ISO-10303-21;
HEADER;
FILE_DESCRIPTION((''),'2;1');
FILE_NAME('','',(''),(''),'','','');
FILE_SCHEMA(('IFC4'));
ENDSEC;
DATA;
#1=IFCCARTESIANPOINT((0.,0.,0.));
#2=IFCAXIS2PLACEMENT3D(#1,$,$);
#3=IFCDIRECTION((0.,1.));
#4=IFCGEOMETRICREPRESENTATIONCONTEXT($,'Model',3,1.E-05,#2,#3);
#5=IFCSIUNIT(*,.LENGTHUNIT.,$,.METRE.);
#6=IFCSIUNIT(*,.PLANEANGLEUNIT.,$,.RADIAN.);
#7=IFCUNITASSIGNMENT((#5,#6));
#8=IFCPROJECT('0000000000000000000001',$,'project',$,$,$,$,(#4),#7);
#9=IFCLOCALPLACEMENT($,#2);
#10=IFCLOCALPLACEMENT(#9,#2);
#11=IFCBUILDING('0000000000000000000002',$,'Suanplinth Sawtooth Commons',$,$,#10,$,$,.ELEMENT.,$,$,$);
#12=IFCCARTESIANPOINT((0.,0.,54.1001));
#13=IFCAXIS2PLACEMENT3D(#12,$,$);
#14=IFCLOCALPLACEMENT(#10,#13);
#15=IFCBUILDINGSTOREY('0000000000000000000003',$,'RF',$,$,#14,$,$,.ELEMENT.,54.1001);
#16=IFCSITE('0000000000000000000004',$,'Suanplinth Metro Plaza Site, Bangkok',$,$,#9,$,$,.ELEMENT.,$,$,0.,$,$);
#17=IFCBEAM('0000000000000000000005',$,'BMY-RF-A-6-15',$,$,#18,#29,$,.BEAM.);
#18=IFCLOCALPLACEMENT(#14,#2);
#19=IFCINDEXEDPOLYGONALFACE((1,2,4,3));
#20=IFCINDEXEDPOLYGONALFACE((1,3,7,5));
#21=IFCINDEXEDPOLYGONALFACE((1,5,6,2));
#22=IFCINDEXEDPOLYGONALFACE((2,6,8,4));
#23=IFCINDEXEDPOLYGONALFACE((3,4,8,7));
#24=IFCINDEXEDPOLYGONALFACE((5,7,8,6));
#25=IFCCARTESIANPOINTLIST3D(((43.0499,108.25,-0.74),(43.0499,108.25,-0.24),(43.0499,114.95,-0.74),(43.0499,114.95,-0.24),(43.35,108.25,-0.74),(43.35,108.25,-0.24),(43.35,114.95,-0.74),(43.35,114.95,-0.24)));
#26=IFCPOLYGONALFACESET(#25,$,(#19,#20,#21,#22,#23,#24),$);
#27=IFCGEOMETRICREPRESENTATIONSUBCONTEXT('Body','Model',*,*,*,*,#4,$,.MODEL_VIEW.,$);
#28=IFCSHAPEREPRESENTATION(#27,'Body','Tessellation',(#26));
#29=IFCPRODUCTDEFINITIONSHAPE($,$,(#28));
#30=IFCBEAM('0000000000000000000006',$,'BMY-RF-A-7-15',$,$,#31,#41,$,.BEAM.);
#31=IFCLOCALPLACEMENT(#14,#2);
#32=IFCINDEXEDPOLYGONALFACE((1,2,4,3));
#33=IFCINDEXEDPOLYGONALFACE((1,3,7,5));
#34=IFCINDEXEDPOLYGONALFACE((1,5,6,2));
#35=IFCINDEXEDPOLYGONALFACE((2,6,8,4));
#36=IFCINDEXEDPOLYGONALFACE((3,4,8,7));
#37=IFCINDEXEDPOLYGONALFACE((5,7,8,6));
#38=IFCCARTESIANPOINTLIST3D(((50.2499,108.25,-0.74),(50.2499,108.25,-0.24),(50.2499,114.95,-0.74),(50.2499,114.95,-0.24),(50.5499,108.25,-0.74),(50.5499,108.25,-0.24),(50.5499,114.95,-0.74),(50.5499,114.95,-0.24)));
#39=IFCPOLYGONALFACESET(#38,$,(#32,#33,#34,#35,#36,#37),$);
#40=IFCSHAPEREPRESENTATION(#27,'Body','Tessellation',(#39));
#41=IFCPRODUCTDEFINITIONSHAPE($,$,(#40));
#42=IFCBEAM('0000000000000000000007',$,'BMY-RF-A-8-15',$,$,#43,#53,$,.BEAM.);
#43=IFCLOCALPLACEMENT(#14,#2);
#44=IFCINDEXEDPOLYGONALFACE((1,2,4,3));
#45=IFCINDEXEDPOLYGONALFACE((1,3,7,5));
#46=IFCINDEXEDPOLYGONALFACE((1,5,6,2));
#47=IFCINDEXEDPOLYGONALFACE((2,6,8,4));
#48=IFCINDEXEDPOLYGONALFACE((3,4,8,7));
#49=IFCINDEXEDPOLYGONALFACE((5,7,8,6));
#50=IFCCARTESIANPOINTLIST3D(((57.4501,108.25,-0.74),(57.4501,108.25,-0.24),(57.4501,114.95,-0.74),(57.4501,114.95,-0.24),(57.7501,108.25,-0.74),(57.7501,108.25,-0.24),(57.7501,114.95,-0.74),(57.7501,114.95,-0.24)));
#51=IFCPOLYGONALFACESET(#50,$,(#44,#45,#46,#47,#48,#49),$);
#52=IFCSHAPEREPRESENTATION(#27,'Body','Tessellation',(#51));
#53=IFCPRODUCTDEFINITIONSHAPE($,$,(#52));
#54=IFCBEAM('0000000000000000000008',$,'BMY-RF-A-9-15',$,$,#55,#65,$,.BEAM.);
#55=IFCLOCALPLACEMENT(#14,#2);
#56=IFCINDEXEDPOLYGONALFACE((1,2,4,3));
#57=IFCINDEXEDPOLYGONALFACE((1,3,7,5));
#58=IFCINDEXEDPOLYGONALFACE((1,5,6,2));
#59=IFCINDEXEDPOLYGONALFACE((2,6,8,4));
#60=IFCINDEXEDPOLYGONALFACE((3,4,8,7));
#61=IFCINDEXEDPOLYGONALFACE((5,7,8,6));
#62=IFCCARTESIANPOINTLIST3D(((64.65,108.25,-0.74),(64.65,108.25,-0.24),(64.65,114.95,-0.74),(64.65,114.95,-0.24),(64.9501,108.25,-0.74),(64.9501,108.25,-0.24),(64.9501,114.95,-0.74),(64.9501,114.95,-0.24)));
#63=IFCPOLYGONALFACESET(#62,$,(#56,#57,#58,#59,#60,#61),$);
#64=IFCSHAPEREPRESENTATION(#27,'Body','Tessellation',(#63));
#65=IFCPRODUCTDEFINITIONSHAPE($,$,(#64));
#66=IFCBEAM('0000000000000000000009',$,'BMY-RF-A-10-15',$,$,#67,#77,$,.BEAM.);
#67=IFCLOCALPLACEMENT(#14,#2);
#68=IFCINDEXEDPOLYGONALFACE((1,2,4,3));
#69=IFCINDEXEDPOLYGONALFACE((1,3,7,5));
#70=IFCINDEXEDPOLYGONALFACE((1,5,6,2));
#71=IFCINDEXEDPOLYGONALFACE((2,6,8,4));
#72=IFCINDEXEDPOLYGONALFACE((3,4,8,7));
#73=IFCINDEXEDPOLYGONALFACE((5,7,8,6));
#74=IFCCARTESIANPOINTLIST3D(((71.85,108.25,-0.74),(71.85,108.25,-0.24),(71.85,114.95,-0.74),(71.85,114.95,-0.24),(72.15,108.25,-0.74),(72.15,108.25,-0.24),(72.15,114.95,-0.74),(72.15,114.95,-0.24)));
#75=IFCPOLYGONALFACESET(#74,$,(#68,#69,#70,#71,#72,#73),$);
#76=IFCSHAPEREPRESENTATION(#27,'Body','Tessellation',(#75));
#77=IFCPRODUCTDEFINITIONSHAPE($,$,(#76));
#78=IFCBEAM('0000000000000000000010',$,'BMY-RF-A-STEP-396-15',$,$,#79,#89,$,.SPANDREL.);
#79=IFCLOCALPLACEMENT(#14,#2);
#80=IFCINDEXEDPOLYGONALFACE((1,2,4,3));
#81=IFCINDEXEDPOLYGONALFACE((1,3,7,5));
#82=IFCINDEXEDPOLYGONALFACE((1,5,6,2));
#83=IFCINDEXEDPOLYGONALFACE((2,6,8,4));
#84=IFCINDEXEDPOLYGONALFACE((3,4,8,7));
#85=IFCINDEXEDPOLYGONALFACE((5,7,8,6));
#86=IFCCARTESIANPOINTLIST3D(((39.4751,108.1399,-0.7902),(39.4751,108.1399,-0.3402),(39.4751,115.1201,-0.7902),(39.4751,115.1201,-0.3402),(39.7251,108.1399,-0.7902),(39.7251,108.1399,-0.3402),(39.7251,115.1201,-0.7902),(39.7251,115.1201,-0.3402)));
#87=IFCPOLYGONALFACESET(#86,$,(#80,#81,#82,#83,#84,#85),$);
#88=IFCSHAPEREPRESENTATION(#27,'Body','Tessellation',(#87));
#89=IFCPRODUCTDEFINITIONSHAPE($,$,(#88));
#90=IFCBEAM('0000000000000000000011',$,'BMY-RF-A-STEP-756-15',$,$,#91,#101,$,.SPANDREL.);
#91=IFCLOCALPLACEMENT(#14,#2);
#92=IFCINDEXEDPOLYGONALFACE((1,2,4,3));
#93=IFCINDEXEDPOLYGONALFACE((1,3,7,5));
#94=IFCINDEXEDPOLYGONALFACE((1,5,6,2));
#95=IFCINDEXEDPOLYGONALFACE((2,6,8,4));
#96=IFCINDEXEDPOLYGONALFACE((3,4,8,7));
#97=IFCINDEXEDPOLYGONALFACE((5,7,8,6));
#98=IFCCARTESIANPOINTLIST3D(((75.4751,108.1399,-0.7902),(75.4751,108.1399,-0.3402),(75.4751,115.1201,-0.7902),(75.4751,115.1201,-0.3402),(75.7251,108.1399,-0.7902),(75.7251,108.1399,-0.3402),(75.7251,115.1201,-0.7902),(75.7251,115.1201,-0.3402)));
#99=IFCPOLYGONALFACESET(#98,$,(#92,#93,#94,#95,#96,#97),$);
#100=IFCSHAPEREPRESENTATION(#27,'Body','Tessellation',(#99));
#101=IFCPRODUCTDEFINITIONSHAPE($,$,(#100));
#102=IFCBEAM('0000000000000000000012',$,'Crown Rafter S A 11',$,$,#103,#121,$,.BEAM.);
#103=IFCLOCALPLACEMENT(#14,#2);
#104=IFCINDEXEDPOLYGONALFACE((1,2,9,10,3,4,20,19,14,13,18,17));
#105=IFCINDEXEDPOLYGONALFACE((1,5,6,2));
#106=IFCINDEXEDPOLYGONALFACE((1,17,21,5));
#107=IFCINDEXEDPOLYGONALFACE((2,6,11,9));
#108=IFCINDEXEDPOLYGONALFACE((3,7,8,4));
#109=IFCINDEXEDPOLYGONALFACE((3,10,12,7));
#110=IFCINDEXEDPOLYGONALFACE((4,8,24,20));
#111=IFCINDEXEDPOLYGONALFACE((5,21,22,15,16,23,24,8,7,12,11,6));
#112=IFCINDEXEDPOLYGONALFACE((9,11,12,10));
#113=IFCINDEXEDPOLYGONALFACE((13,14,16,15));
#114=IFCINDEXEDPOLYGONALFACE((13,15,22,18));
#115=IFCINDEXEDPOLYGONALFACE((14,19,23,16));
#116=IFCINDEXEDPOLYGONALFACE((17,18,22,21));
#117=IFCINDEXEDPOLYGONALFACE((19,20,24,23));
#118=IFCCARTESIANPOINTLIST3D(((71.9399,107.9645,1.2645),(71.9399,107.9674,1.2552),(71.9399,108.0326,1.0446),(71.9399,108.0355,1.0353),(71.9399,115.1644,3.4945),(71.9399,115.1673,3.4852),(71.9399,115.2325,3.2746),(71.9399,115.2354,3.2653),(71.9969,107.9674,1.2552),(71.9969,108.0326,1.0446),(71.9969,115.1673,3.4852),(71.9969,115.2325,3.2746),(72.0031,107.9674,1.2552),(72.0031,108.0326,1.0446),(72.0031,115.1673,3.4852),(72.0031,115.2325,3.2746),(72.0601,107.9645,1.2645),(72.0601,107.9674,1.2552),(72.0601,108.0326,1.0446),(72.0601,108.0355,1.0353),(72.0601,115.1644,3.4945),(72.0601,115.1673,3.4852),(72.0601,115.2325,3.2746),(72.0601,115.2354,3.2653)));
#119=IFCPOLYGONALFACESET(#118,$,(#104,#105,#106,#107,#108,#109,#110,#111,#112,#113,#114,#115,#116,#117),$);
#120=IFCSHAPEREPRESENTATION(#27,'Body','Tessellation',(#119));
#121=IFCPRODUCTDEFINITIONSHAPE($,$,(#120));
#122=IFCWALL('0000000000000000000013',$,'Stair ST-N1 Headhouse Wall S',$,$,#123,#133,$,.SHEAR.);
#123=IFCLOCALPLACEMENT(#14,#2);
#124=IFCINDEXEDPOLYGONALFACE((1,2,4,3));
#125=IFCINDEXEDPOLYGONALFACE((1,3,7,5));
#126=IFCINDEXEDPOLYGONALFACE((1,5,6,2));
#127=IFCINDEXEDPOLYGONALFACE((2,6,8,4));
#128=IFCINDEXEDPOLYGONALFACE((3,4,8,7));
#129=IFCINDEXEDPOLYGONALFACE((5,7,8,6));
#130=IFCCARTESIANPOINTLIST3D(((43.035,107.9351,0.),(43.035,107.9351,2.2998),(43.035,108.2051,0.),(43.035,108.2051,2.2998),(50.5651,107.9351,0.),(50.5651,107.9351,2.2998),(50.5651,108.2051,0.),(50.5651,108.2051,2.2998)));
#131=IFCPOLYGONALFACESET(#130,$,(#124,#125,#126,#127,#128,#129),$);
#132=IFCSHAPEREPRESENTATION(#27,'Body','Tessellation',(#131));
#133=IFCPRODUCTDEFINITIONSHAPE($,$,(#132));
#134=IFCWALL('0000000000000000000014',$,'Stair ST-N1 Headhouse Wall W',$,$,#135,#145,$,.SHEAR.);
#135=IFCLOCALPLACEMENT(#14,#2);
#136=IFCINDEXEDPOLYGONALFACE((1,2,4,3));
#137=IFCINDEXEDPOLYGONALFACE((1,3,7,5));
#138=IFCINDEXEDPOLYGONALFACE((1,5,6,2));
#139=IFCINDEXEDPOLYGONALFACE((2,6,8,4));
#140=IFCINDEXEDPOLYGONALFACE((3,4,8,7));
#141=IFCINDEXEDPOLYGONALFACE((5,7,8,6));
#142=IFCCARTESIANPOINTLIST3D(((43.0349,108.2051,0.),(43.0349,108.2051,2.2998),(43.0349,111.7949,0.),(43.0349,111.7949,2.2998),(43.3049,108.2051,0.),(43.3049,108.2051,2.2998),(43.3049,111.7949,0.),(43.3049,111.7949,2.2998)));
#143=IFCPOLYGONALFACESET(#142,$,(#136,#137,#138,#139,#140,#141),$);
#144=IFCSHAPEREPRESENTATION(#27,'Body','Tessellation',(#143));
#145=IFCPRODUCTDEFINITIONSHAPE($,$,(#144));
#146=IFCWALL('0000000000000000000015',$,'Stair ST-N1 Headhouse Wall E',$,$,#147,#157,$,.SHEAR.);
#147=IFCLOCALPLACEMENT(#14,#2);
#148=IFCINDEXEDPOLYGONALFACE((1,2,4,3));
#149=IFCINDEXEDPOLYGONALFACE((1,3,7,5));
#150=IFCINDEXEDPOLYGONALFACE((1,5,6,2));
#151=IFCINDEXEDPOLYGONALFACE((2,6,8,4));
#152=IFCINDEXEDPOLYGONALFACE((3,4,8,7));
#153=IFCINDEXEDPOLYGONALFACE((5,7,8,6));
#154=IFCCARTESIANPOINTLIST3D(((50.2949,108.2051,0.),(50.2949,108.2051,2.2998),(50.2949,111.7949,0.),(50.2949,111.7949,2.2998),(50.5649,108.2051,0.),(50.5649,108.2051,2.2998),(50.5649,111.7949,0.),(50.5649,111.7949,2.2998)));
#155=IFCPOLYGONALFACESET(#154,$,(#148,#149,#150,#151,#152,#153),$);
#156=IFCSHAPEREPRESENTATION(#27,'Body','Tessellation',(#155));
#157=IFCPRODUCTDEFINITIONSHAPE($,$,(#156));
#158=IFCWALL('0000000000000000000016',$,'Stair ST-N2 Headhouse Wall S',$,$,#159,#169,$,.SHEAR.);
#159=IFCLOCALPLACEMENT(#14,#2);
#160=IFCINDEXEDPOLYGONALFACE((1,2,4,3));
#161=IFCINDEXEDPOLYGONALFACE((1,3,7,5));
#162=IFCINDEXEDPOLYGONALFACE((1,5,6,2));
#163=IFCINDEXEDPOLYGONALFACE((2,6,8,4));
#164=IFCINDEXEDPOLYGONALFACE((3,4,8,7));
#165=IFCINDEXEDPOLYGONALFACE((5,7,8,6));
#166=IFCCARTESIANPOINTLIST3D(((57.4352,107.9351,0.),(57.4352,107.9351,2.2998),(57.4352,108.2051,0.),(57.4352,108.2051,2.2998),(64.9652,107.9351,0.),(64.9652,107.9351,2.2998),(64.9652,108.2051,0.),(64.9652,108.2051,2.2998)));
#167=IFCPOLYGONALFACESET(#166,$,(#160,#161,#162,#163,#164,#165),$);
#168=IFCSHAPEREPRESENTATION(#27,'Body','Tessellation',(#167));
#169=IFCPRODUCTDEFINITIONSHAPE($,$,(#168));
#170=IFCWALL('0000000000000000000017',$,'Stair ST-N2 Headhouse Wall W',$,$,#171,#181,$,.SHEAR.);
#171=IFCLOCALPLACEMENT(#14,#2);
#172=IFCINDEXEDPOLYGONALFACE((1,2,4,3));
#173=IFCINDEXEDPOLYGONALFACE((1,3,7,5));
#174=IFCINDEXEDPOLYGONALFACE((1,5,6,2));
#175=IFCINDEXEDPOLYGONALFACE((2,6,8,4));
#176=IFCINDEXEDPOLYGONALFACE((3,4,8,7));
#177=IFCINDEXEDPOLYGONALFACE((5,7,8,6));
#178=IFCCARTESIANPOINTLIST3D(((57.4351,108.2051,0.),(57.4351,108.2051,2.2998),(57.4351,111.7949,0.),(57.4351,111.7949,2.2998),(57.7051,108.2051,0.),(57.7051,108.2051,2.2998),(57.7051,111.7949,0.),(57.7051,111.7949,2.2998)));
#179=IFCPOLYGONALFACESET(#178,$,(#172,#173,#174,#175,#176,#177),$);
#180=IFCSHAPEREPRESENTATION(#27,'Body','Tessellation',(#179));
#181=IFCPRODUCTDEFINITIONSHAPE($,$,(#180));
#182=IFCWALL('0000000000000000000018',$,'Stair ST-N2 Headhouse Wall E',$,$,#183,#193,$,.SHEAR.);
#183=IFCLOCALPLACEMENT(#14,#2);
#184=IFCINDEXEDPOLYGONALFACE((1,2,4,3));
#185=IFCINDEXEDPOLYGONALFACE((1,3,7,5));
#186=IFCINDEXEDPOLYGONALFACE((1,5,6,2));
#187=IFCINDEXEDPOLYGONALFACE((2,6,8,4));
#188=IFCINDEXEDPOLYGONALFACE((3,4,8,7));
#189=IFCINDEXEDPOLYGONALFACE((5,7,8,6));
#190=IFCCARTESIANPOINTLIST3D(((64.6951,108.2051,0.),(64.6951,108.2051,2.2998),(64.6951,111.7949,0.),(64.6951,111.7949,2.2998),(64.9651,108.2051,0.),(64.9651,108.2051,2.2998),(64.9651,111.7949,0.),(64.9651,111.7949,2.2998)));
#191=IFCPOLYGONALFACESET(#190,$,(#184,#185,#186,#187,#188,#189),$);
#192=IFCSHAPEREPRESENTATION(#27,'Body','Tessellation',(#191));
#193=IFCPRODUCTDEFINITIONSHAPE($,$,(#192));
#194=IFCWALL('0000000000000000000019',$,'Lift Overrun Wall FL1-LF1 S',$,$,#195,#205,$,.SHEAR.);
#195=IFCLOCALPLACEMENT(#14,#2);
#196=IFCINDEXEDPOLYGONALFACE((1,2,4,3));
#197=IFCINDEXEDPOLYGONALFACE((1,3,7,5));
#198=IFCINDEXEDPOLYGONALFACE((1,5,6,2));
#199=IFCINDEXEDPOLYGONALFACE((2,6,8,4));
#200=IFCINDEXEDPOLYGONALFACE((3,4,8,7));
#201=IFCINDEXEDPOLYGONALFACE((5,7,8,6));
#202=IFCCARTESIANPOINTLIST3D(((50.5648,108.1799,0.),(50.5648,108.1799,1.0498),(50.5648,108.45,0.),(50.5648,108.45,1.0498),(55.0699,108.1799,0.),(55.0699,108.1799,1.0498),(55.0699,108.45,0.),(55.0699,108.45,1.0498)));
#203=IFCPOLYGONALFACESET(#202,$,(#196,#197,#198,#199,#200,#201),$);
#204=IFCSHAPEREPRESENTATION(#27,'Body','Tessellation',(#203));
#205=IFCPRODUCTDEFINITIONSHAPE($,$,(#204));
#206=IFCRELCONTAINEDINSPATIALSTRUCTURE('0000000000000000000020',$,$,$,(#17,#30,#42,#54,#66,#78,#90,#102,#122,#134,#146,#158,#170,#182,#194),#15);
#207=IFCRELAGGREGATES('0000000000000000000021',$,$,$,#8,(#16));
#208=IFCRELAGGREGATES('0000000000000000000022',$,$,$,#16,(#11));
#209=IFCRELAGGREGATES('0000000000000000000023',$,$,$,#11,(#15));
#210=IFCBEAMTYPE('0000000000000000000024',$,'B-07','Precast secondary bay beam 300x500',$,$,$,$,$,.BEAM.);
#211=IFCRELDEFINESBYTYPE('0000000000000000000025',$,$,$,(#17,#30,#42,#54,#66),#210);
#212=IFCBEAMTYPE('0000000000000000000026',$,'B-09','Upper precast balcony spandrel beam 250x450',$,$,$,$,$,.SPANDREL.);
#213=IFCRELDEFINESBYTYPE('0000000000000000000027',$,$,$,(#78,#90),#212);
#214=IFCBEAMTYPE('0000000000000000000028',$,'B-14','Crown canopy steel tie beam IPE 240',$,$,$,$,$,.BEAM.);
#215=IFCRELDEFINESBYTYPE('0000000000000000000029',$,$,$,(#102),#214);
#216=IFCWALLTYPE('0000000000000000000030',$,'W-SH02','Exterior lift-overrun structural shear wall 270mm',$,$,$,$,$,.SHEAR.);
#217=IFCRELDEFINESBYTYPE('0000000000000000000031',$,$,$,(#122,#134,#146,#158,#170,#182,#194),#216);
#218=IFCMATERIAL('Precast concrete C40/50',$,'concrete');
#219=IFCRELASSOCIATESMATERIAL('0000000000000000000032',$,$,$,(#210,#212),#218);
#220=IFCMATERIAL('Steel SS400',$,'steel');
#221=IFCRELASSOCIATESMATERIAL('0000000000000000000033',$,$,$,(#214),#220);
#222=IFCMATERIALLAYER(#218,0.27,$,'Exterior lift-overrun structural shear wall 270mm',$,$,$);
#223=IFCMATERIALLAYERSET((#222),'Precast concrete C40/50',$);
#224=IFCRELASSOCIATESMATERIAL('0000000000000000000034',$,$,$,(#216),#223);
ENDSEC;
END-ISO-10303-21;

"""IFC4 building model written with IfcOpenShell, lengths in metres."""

from ifc_helpers import new_model, si_unit, direction, frame, frame_2d, origin, origin_2d, place, context, subcontext, project, spatial, rectangle, i_section, extrude, material, layer, layer_set, material_profile, profile_set, type_object, element, save


model = new_model("IFC4")

# Units and contexts
model_context = context("Model", 3, precision=1e-05, world=origin(), true_north=direction((0.0, 1.0)))
body_context = subcontext(model_context, "Body", "Model", "MODEL_VIEW")
ifc_project = project(units=[si_unit("LENGTHUNIT", "METRE"), si_unit("PLANEANGLEUNIT", "RADIAN")], contexts=[model_context])

# Site, building, storey
site_placement = place(None, origin())
site = spatial("IfcSite", under=ifc_project, at=site_placement, Name="Suanplinth Metro Plaza Site, Bangkok", CompositionType="ELEMENT", RefElevation=0.0)
building_placement = place(site_placement, origin())
building = spatial("IfcBuilding", under=site, at=building_placement, Name="Suanplinth Sawtooth Commons", CompositionType="ELEMENT")
storey_placement = place(building_placement, frame((0.0, 0.0, 54.1001)))
storey = spatial("IfcBuildingStorey", under=building, at=storey_placement, Name="RF", CompositionType="ELEMENT", Elevation=54.1001)

# Beams
ifc_material_1 = material(Name="Precast concrete C40/50", Category="concrete")
ifc_material_profile_1 = material_profile(ifc_material_1, rectangle(XDim=0.3, YDim=0.5, at=origin_2d()), Name="PC-BM 300x500")
ifc_profile_set_1 = profile_set([ifc_material_profile_1], Name="Precast concrete C40/50")
beam_type_1 = type_object("IfcBeamType", Name="B-07", Description="Precast secondary bay beam 300x500", PredefinedType="BEAM", material=ifc_profile_set_1)
for number, where, z_axis, x_axis, name in (
    (1, (43.2, 108.25, -0.49), (0.0, 1.0, 0.0), (-1.0, 0.0, 0.0), "BMY-RF-A-6-15"),
    (2, (50.3999, 108.25, -0.49), (0.0, 1.0, 0.0), (-1.0, 0.0, 0.0), "BMY-RF-A-7-15"),
    (3, (57.6001, 108.25, -0.49), (0.0, 1.0, 0.0), (-1.0, 0.0, 0.0), "BMY-RF-A-8-15"),
    (4, (64.8, 108.25, -0.49), (0.0, 1.0, 0.0), (-1.0, 0.0, 0.0), "BMY-RF-A-9-15"),
    (5, (72.0, 108.25, -0.49), (0.0, 1.0, 0.0), (-1.0, 0.0, 0.0), "BMY-RF-A-10-15"),
):
    element("IfcBeam", number, at=place(storey_placement, frame(where, z_axis=z_axis, x_axis=x_axis)), inside=storey, type_object=beam_type_1, Name=name, PredefinedType="BEAM", context=body_context, shape_type="SweptSolid", body=[
        extrude(rectangle(XDim=0.3, YDim=0.5, at=origin_2d()), origin(), (0.0, 0.0, 1.0), 6.7),
    ])
ifc_material_profile_2 = material_profile(ifc_material_1, rectangle(XDim=0.25, YDim=0.45, at=origin_2d()), Name="PC-SP 250x450")
ifc_profile_set_2 = profile_set([ifc_material_profile_2], Name="Precast concrete C40/50")
beam_type_2 = type_object("IfcBeamType", Name="B-09", Description="Upper precast balcony spandrel beam 250x450", PredefinedType="SPANDREL", material=ifc_profile_set_2)
for number, where, z_axis, x_axis, name in (
    (6, (39.6001, 108.1399, -0.5652), (0.0, 1.0, 0.0), (-1.0, 0.0, 0.0), "BMY-RF-A-STEP-396-15"),
    (7, (75.6001, 108.1399, -0.5652), (0.0, 1.0, 0.0), (-1.0, 0.0, 0.0), "BMY-RF-A-STEP-756-15"),
):
    element("IfcBeam", number, at=place(storey_placement, frame(where, z_axis=z_axis, x_axis=x_axis)), inside=storey, type_object=beam_type_2, Name=name, PredefinedType="SPANDREL", context=body_context, shape_type="SweptSolid", body=[
        extrude(rectangle(XDim=0.25, YDim=0.45, at=origin_2d()), origin(), (0.0, 0.0, 1.0), 6.9802),
    ])
ifc_material_2 = material(Name="Steel SS400", Category="steel")
ifc_material_profile_3 = material_profile(ifc_material_2, i_section(OverallWidth=0.1201, OverallDepth=0.24, WebThickness=0.0061, FlangeThickness=0.0098, at=origin_2d()), Name="IPE 240")
ifc_profile_set_3 = profile_set([ifc_material_profile_3], Name="Steel SS400")
beam_type_3 = type_object("IfcBeamType", Name="B-14", Description="Crown canopy steel tie beam IPE 240", PredefinedType="BEAM", material=ifc_profile_set_3)
beam_placement = place(storey_placement, frame((72.0, 108.0, 1.1499), z_axis=(0.0, 0.955233, 0.295856), x_axis=(-1.0, 0.0, 0.0)))
element("IfcBeam", 8, at=beam_placement, inside=storey, type_object=beam_type_3, Name="Crown Rafter S A 11", PredefinedType="BEAM", context=body_context, shape_type="SweptSolid", body=[
    extrude(i_section(OverallWidth=0.1201, OverallDepth=0.24, WebThickness=0.0061, FlangeThickness=0.0098, at=origin_2d()), origin(), (0.0, 0.0, 1.0), 7.5374),
])

# Walls
ifc_layer_1 = layer(ifc_material_1, 0.27, Name="Exterior lift-overrun structural shear wall 270mm")
ifc_layer_set_1 = layer_set([ifc_layer_1], Name="Precast concrete C40/50")
wall_type = type_object("IfcWallType", Name="W-SH02", Description="Exterior lift-overrun structural shear wall 270mm", PredefinedType="SHEAR", material=ifc_layer_set_1)
wall_1_placement = place(storey_placement, frame((43.0349, 108.0701, 0.0), z_axis=(0.0, 0.0, 1.0), x_axis=(1.0, 0.0, 0.0)))
element("IfcWall", 9, at=wall_1_placement, inside=storey, type_object=wall_type, Name="Stair ST-N1 Headhouse Wall S", PredefinedType="SHEAR", context=body_context, shape_type="SweptSolid", body=[
    extrude(rectangle(XDim=7.53, YDim=0.27, at=frame_2d((3.7651, 0.0))), origin(), (0.0, 0.0, 1.0), 2.2998),
])
for number, where, z_axis, x_axis, name in (
    (10, (43.1699, 108.2051, 0.0), (0.0, 0.0, 1.0), (0.0, 1.0, 0.0), "Stair ST-N1 Headhouse Wall W"),
    (11, (50.4299, 108.2051, 0.0), (0.0, 0.0, 1.0), (0.0, 1.0, 0.0), "Stair ST-N1 Headhouse Wall E"),
):
    element("IfcWall", number, at=place(storey_placement, frame(where, z_axis=z_axis, x_axis=x_axis)), inside=storey, type_object=wall_type, Name=name, PredefinedType="SHEAR", context=body_context, shape_type="SweptSolid", body=[
        extrude(rectangle(XDim=3.5898, YDim=0.27, at=frame_2d((1.7949, 0.0))), origin(), (0.0, 0.0, 1.0), 2.2998),
    ])
wall_2_placement = place(storey_placement, frame((57.4351, 108.0701, 0.0), z_axis=(0.0, 0.0, 1.0), x_axis=(1.0, 0.0, 0.0)))
element("IfcWall", 12, at=wall_2_placement, inside=storey, type_object=wall_type, Name="Stair ST-N2 Headhouse Wall S", PredefinedType="SHEAR", context=body_context, shape_type="SweptSolid", body=[
    extrude(rectangle(XDim=7.53, YDim=0.27, at=frame_2d((3.7651, 0.0))), origin(), (0.0, 0.0, 1.0), 2.2998),
])
for number, where, z_axis, x_axis, name in (
    (13, (57.5701, 108.2051, 0.0), (0.0, 0.0, 1.0), (0.0, 1.0, 0.0), "Stair ST-N2 Headhouse Wall W"),
    (14, (64.8301, 108.2051, 0.0), (0.0, 0.0, 1.0), (0.0, 1.0, 0.0), "Stair ST-N2 Headhouse Wall E"),
):
    element("IfcWall", number, at=place(storey_placement, frame(where, z_axis=z_axis, x_axis=x_axis)), inside=storey, type_object=wall_type, Name=name, PredefinedType="SHEAR", context=body_context, shape_type="SweptSolid", body=[
        extrude(rectangle(XDim=3.5898, YDim=0.27, at=frame_2d((1.7949, 0.0))), origin(), (0.0, 0.0, 1.0), 2.2998),
    ])
wall_3_placement = place(storey_placement, frame((50.5649, 108.3149, 0.0), z_axis=(0.0, 0.0, 1.0), x_axis=(1.0, 0.0, 0.0)))
element("IfcWall", 15, at=wall_3_placement, inside=storey, type_object=wall_type, Name="Lift Overrun Wall FL1-LF1 S", PredefinedType="SHEAR", context=body_context, shape_type="SweptSolid", body=[
    extrude(rectangle(XDim=4.5051, YDim=0.27, at=frame_2d((2.2524, 0.0))), origin(), (0.0, 0.0, 1.0), 1.0498),
])

save(model, "model.ifc")
